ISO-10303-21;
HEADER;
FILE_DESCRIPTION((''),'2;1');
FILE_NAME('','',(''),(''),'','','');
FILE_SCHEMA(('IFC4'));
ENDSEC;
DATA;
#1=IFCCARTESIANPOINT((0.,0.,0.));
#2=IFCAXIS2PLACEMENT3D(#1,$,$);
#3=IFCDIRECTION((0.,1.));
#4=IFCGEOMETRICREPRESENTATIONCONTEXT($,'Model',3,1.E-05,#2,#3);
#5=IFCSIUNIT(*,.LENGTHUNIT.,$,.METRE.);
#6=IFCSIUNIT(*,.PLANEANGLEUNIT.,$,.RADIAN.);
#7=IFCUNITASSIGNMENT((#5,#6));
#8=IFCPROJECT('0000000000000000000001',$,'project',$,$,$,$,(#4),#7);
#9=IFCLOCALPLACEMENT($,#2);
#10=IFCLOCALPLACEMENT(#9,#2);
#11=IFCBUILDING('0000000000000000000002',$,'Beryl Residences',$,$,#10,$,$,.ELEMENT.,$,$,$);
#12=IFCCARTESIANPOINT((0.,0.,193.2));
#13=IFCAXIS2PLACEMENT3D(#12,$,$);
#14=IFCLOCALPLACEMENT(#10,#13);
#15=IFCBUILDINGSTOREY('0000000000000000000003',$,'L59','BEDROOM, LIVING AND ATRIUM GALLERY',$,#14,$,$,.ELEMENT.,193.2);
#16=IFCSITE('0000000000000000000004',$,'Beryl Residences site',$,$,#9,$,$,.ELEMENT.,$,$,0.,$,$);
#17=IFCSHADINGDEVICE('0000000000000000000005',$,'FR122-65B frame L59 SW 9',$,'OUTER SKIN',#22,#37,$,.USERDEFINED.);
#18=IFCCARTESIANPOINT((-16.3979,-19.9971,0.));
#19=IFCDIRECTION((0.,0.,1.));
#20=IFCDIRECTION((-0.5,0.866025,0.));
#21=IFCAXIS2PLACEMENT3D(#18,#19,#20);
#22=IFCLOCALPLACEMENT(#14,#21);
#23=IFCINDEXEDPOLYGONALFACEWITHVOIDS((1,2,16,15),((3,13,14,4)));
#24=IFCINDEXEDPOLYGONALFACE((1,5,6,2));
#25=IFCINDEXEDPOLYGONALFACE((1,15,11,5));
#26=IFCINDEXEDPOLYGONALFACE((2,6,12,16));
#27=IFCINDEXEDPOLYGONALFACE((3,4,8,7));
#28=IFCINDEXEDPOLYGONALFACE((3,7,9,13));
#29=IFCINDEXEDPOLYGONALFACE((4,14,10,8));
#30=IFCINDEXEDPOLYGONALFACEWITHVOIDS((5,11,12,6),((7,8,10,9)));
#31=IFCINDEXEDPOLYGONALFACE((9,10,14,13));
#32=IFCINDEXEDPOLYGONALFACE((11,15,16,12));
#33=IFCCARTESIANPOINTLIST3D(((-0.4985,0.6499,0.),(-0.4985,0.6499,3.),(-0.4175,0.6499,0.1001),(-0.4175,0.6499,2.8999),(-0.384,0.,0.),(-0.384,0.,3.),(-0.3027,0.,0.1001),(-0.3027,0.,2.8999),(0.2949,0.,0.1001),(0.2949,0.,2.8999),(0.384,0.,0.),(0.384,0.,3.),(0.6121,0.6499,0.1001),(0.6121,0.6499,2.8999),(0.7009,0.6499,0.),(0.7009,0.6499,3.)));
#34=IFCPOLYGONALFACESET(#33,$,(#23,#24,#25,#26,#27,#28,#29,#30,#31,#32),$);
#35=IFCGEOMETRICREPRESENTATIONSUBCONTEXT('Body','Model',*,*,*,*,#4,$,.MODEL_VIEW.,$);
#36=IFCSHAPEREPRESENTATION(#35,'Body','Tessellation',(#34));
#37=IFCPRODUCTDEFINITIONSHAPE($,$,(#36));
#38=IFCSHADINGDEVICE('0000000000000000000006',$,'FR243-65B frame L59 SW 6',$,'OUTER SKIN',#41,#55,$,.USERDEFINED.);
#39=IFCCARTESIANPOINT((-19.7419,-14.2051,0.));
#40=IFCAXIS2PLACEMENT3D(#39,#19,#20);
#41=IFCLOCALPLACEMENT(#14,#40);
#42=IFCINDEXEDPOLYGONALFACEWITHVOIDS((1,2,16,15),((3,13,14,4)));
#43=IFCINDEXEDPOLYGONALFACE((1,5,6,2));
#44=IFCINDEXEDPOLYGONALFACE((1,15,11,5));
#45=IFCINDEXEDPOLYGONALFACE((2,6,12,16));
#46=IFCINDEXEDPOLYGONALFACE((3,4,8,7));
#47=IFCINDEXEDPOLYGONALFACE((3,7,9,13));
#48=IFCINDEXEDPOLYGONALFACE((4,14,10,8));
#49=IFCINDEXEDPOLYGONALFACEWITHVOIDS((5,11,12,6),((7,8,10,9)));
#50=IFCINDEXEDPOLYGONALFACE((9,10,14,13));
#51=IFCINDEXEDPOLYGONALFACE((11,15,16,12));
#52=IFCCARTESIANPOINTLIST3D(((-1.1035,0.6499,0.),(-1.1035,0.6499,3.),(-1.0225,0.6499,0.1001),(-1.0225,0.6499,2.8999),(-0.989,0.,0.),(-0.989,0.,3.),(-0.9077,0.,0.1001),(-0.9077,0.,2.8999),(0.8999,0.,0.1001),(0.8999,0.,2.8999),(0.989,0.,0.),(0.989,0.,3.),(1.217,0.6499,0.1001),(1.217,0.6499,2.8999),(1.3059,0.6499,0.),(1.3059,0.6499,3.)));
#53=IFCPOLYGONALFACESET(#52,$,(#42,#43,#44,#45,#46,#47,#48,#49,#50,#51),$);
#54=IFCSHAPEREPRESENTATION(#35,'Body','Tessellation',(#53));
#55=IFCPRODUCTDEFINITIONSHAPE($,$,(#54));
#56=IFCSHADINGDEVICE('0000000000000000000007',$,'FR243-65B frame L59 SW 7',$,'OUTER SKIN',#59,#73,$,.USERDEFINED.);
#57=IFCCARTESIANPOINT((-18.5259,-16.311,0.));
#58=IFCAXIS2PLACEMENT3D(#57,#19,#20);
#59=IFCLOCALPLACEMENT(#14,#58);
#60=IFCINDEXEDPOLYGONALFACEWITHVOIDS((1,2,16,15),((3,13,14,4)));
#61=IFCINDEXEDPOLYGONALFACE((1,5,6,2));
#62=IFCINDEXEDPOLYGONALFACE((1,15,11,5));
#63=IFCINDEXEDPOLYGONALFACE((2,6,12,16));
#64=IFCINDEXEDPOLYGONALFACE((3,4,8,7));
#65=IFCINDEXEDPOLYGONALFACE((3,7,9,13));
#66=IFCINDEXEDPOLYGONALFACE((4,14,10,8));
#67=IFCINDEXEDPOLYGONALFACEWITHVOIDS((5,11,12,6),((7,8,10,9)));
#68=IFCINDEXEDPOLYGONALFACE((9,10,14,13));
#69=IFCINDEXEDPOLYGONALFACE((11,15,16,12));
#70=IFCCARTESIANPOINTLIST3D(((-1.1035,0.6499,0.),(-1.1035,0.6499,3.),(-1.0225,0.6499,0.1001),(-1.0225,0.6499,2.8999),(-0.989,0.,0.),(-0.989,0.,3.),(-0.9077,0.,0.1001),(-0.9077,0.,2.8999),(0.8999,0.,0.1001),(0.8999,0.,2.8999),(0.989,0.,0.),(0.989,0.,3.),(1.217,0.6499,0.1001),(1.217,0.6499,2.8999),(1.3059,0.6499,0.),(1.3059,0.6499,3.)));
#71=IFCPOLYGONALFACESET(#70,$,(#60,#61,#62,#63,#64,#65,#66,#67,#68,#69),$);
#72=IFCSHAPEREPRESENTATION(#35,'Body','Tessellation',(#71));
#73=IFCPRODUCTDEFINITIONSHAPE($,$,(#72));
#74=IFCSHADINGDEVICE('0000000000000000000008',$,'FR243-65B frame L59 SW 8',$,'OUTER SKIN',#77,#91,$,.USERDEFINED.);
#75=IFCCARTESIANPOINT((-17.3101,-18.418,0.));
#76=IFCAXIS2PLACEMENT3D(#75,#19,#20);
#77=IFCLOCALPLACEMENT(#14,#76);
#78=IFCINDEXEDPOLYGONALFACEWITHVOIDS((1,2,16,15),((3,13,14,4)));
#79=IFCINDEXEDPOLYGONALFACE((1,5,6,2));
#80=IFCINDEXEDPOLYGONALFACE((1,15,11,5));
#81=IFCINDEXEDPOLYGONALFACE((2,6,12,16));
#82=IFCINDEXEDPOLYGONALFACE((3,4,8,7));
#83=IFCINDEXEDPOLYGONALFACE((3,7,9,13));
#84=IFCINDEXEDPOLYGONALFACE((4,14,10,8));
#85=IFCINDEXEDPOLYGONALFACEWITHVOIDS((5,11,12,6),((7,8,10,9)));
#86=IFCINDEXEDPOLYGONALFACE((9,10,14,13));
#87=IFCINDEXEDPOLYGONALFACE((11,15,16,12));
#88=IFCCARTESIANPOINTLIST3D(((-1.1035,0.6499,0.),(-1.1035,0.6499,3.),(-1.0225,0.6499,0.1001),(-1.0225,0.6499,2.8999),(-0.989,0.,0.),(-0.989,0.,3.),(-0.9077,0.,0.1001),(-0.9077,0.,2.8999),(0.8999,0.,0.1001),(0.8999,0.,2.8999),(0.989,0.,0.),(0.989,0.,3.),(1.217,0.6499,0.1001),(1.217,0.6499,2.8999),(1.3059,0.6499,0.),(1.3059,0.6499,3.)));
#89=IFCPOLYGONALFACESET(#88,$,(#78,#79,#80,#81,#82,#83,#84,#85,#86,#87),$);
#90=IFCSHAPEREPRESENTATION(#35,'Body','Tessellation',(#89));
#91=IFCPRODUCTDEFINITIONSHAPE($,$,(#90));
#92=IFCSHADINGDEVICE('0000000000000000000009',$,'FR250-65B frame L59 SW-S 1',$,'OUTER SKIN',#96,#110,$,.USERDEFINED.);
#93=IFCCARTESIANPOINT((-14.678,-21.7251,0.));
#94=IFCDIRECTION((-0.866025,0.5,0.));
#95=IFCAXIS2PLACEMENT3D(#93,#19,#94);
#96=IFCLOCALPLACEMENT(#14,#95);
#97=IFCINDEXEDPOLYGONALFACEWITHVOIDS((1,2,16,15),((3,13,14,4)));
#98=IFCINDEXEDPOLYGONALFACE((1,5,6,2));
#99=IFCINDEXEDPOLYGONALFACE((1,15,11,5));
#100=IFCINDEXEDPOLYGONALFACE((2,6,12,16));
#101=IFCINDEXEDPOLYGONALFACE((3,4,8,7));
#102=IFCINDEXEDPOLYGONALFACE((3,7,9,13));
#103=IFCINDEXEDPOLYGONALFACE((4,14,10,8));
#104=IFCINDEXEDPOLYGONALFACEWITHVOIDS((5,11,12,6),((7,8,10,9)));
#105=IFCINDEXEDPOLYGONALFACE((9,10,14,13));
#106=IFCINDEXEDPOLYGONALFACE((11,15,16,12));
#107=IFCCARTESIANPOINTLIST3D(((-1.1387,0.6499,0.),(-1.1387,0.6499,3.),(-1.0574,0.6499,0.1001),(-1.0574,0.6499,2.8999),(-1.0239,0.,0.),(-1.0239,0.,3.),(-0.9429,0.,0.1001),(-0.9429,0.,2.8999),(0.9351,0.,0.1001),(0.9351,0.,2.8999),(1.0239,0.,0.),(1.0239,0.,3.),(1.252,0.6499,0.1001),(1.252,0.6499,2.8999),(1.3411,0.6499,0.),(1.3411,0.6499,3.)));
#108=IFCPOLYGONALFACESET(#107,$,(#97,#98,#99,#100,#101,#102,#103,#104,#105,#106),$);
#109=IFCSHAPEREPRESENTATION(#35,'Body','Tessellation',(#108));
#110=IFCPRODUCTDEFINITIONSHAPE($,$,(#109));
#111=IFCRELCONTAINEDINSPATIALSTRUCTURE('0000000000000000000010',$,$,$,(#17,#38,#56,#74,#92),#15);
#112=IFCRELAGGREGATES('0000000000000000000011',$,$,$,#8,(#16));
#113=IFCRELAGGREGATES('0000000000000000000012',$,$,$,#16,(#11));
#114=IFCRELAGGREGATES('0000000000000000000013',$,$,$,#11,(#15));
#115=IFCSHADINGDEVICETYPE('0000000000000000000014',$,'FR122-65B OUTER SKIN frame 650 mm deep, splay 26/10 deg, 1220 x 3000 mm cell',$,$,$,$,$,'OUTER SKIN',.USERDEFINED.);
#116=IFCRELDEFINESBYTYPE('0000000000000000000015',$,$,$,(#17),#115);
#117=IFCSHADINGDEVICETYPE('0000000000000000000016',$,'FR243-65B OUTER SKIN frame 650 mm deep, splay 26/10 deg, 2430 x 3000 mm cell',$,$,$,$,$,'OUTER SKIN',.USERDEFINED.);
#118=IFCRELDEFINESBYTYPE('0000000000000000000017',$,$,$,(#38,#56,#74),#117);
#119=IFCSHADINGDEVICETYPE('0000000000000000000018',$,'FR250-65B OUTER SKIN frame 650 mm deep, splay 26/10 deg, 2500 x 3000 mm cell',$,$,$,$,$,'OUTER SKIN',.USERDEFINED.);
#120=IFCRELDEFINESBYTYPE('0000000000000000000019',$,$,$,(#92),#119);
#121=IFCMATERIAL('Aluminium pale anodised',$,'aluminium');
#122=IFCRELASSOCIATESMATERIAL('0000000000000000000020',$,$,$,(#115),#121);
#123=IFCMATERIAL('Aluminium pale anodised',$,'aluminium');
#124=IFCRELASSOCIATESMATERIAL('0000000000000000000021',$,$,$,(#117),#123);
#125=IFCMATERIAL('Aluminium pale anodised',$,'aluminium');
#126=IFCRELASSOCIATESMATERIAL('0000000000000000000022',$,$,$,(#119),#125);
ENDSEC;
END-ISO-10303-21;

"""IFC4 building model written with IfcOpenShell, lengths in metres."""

from ifc_helpers import new_model, entity, si_unit, direction, frame, origin, place, context, subcontext, project, spatial, source, transform, mapped, material, type_object, type_shapes, element, save


model = new_model("IFC4")

# Units and contexts
model_context = context("Model", 3, precision=1e-05, world=origin(), true_north=direction((0.0, 1.0)))
body_context = subcontext(model_context, "Body", "Model", "MODEL_VIEW")
ifc_project = project(units=[si_unit("LENGTHUNIT", "METRE"), si_unit("PLANEANGLEUNIT", "RADIAN")], contexts=[model_context])

# Site, building, storey
site_placement = place(None, origin())
site = spatial("IfcSite", under=ifc_project, at=site_placement, Name="Beryl Residences site", CompositionType="ELEMENT", RefElevation=0.0)
building_placement = place(site_placement, origin())
building = spatial("IfcBuilding", under=site, at=building_placement, Name="Beryl Residences", CompositionType="ELEMENT")
storey_placement = place(building_placement, frame((0.0, 0.0, 193.2)))
storey = spatial("IfcBuildingStorey", under=building, at=storey_placement, Name="L59", Description="BEDROOM, LIVING AND ATRIUM GALLERY", CompositionType="ELEMENT", Elevation=193.2)

# Shading devices
ifc_material_1 = material(Name="Aluminium pale anodised", Category="aluminium")
shading_device_type_1 = type_object("IfcShadingDeviceType", Name="FR122-65B OUTER SKIN frame 650 mm deep, splay 26/10 deg, 1220 x 3000 mm cell", ElementType="OUTER SKIN", PredefinedType="USERDEFINED", material=ifc_material_1)
cartesian_point_1 = entity("IfcCartesianPoint", [-0.384, 0.0])
cartesian_point_2 = entity("IfcCartesianPoint", [-0.2949, 0.1001])
cartesian_point_3 = entity("IfcCartesianPoint", [-0.7009, 0.0])
cartesian_point_4 = entity("IfcCartesianPoint", [-0.6121, 0.1001])
shared_shape_1 = source(origin(), body_context, "Body", "SweptSolid", [
    entity("IfcExtrudedAreaSolidTapered", entity("IfcArbitraryProfileDefWithVoids", "AREA", None, entity("IfcPolyline", [cartesian_point_1, entity("IfcCartesianPoint", [0.384, 0.0]), entity("IfcCartesianPoint", [0.384, 3.0]), entity("IfcCartesianPoint", [-0.384, 3.0]), cartesian_point_1]), [entity("IfcPolyline", [cartesian_point_2, entity("IfcCartesianPoint", [0.3027, 0.1001]), entity("IfcCartesianPoint", [0.3027, 2.8999]), entity("IfcCartesianPoint", [-0.2949, 2.8999]), cartesian_point_2])]), entity("IfcAxis2Placement3D", entity("IfcCartesianPoint", [0.0, 0.0, 0.0]), entity("IfcDirection", [0.0, 1.0, 0.0]), entity("IfcDirection", [-1.0, 0.0, 0.0])), entity("IfcDirection", [0.0, 0.0, 1.0]), 0.6499, entity("IfcArbitraryProfileDefWithVoids", "AREA", None, entity("IfcPolyline", [cartesian_point_3, entity("IfcCartesianPoint", [0.4985, 0.0]), entity("IfcCartesianPoint", [0.4985, 3.0]), entity("IfcCartesianPoint", [-0.7009, 3.0]), cartesian_point_3]), [entity("IfcPolyline", [cartesian_point_4, entity("IfcCartesianPoint", [0.4175, 0.1001]), entity("IfcCartesianPoint", [0.4175, 2.8999]), entity("IfcCartesianPoint", [-0.6121, 2.8999]), cartesian_point_4])])),
])
type_shapes(shading_device_type_1, [shared_shape_1])
shading_device_1_placement = place(storey_placement, frame((-16.3979, -19.9971, 0.0), z_axis=(0.0, 0.0, 1.0), x_axis=(-0.5, 0.866025, 0.0)))
element("IfcShadingDevice", 1, at=shading_device_1_placement, inside=storey, type_object=shading_device_type_1, Name="FR122-65B frame L59 SW 9", ObjectType="OUTER SKIN", PredefinedType="USERDEFINED", context=body_context, shape_type="MappedRepresentation", body=[
    mapped(shared_shape_1, transform((0.0, 0.0, 0.0))),
])
ifc_material_2 = material(Name="Aluminium pale anodised", Category="aluminium")
shading_device_type_2 = type_object("IfcShadingDeviceType", Name="FR243-65B OUTER SKIN frame 650 mm deep, splay 26/10 deg, 2430 x 3000 mm cell", ElementType="OUTER SKIN", PredefinedType="USERDEFINED", material=ifc_material_2)
cartesian_point_5 = entity("IfcCartesianPoint", [-0.989, 0.0])
cartesian_point_6 = entity("IfcCartesianPoint", [-0.8999, 0.1001])
cartesian_point_7 = entity("IfcCartesianPoint", [-1.3059, 0.0])
cartesian_point_8 = entity("IfcCartesianPoint", [-1.217, 0.1001])
shared_shape_2 = source(origin(), body_context, "Body", "SweptSolid", [
    entity("IfcExtrudedAreaSolidTapered", entity("IfcArbitraryProfileDefWithVoids", "AREA", None, entity("IfcPolyline", [cartesian_point_5, entity("IfcCartesianPoint", [0.989, 0.0]), entity("IfcCartesianPoint", [0.989, 3.0]), entity("IfcCartesianPoint", [-0.989, 3.0]), cartesian_point_5]), [entity("IfcPolyline", [cartesian_point_6, entity("IfcCartesianPoint", [0.9077, 0.1001]), entity("IfcCartesianPoint", [0.9077, 2.8999]), entity("IfcCartesianPoint", [-0.8999, 2.8999]), cartesian_point_6])]), entity("IfcAxis2Placement3D", entity("IfcCartesianPoint", [0.0, 0.0, 0.0]), entity("IfcDirection", [0.0, 1.0, 0.0]), entity("IfcDirection", [-1.0, 0.0, 0.0])), entity("IfcDirection", [0.0, 0.0, 1.0]), 0.6499, entity("IfcArbitraryProfileDefWithVoids", "AREA", None, entity("IfcPolyline", [cartesian_point_7, entity("IfcCartesianPoint", [1.1035, 0.0]), entity("IfcCartesianPoint", [1.1035, 3.0]), entity("IfcCartesianPoint", [-1.3059, 3.0]), cartesian_point_7]), [entity("IfcPolyline", [cartesian_point_8, entity("IfcCartesianPoint", [1.0225, 0.1001]), entity("IfcCartesianPoint", [1.0225, 2.8999]), entity("IfcCartesianPoint", [-1.217, 2.8999]), cartesian_point_8])])),
])
type_shapes(shading_device_type_2, [shared_shape_2])
for number, where, z_axis, x_axis, name in (
    (2, (-19.7419, -14.2051, 0.0), (0.0, 0.0, 1.0), (-0.5, 0.866025, 0.0), "FR243-65B frame L59 SW 6"),
    (3, (-18.5259, -16.311, 0.0), (0.0, 0.0, 1.0), (-0.5, 0.866025, 0.0), "FR243-65B frame L59 SW 7"),
    (4, (-17.3101, -18.418, 0.0), (0.0, 0.0, 1.0), (-0.5, 0.866025, 0.0), "FR243-65B frame L59 SW 8"),
):
    element("IfcShadingDevice", number, at=place(storey_placement, frame(where, z_axis=z_axis, x_axis=x_axis)), inside=storey, type_object=shading_device_type_2, Name=name, ObjectType="OUTER SKIN", PredefinedType="USERDEFINED", context=body_context, shape_type="MappedRepresentation", body=[
        mapped(shared_shape_2, transform((0.0, 0.0, 0.0))),
    ])
ifc_material_3 = material(Name="Aluminium pale anodised", Category="aluminium")
shading_device_type_3 = type_object("IfcShadingDeviceType", Name="FR250-65B OUTER SKIN frame 650 mm deep, splay 26/10 deg, 2500 x 3000 mm cell", ElementType="OUTER SKIN", PredefinedType="USERDEFINED", material=ifc_material_3)
cartesian_point_9 = entity("IfcCartesianPoint", [-1.0239, 0.0])
cartesian_point_10 = entity("IfcCartesianPoint", [-0.9351, 0.1001])
cartesian_point_11 = entity("IfcCartesianPoint", [-1.3411, 0.0])
cartesian_point_12 = entity("IfcCartesianPoint", [-1.252, 0.1001])
shared_shape_3 = source(origin(), body_context, "Body", "SweptSolid", [
    entity("IfcExtrudedAreaSolidTapered", entity("IfcArbitraryProfileDefWithVoids", "AREA", None, entity("IfcPolyline", [cartesian_point_9, entity("IfcCartesianPoint", [1.0239, 0.0]), entity("IfcCartesianPoint", [1.0239, 3.0]), entity("IfcCartesianPoint", [-1.0239, 3.0]), cartesian_point_9]), [entity("IfcPolyline", [cartesian_point_10, entity("IfcCartesianPoint", [0.9429, 0.1001]), entity("IfcCartesianPoint", [0.9429, 2.8999]), entity("IfcCartesianPoint", [-0.9351, 2.8999]), cartesian_point_10])]), entity("IfcAxis2Placement3D", entity("IfcCartesianPoint", [0.0, 0.0, 0.0]), entity("IfcDirection", [0.0, 1.0, 0.0]), entity("IfcDirection", [-1.0, 0.0, 0.0])), entity("IfcDirection", [0.0, 0.0, 1.0]), 0.6499, entity("IfcArbitraryProfileDefWithVoids", "AREA", None, entity("IfcPolyline", [cartesian_point_11, entity("IfcCartesianPoint", [1.1387, 0.0]), entity("IfcCartesianPoint", [1.1387, 3.0]), entity("IfcCartesianPoint", [-1.3411, 3.0]), cartesian_point_11]), [entity("IfcPolyline", [cartesian_point_12, entity("IfcCartesianPoint", [1.0574, 0.1001]), entity("IfcCartesianPoint", [1.0574, 2.8999]), entity("IfcCartesianPoint", [-1.252, 2.8999]), cartesian_point_12])])),
])
type_shapes(shading_device_type_3, [shared_shape_3])
shading_device_2_placement = place(storey_placement, frame((-14.678, -21.7251, 0.0), z_axis=(0.0, 0.0, 1.0), x_axis=(-0.866025, 0.5, 0.0)))
element("IfcShadingDevice", 5, at=shading_device_2_placement, inside=storey, type_object=shading_device_type_3, Name="FR250-65B frame L59 SW-S 1", ObjectType="OUTER SKIN", PredefinedType="USERDEFINED", context=body_context, shape_type="MappedRepresentation", body=[
    mapped(shared_shape_3, transform((0.0, 0.0, 0.0))),
])

save(model, "model.ifc")
